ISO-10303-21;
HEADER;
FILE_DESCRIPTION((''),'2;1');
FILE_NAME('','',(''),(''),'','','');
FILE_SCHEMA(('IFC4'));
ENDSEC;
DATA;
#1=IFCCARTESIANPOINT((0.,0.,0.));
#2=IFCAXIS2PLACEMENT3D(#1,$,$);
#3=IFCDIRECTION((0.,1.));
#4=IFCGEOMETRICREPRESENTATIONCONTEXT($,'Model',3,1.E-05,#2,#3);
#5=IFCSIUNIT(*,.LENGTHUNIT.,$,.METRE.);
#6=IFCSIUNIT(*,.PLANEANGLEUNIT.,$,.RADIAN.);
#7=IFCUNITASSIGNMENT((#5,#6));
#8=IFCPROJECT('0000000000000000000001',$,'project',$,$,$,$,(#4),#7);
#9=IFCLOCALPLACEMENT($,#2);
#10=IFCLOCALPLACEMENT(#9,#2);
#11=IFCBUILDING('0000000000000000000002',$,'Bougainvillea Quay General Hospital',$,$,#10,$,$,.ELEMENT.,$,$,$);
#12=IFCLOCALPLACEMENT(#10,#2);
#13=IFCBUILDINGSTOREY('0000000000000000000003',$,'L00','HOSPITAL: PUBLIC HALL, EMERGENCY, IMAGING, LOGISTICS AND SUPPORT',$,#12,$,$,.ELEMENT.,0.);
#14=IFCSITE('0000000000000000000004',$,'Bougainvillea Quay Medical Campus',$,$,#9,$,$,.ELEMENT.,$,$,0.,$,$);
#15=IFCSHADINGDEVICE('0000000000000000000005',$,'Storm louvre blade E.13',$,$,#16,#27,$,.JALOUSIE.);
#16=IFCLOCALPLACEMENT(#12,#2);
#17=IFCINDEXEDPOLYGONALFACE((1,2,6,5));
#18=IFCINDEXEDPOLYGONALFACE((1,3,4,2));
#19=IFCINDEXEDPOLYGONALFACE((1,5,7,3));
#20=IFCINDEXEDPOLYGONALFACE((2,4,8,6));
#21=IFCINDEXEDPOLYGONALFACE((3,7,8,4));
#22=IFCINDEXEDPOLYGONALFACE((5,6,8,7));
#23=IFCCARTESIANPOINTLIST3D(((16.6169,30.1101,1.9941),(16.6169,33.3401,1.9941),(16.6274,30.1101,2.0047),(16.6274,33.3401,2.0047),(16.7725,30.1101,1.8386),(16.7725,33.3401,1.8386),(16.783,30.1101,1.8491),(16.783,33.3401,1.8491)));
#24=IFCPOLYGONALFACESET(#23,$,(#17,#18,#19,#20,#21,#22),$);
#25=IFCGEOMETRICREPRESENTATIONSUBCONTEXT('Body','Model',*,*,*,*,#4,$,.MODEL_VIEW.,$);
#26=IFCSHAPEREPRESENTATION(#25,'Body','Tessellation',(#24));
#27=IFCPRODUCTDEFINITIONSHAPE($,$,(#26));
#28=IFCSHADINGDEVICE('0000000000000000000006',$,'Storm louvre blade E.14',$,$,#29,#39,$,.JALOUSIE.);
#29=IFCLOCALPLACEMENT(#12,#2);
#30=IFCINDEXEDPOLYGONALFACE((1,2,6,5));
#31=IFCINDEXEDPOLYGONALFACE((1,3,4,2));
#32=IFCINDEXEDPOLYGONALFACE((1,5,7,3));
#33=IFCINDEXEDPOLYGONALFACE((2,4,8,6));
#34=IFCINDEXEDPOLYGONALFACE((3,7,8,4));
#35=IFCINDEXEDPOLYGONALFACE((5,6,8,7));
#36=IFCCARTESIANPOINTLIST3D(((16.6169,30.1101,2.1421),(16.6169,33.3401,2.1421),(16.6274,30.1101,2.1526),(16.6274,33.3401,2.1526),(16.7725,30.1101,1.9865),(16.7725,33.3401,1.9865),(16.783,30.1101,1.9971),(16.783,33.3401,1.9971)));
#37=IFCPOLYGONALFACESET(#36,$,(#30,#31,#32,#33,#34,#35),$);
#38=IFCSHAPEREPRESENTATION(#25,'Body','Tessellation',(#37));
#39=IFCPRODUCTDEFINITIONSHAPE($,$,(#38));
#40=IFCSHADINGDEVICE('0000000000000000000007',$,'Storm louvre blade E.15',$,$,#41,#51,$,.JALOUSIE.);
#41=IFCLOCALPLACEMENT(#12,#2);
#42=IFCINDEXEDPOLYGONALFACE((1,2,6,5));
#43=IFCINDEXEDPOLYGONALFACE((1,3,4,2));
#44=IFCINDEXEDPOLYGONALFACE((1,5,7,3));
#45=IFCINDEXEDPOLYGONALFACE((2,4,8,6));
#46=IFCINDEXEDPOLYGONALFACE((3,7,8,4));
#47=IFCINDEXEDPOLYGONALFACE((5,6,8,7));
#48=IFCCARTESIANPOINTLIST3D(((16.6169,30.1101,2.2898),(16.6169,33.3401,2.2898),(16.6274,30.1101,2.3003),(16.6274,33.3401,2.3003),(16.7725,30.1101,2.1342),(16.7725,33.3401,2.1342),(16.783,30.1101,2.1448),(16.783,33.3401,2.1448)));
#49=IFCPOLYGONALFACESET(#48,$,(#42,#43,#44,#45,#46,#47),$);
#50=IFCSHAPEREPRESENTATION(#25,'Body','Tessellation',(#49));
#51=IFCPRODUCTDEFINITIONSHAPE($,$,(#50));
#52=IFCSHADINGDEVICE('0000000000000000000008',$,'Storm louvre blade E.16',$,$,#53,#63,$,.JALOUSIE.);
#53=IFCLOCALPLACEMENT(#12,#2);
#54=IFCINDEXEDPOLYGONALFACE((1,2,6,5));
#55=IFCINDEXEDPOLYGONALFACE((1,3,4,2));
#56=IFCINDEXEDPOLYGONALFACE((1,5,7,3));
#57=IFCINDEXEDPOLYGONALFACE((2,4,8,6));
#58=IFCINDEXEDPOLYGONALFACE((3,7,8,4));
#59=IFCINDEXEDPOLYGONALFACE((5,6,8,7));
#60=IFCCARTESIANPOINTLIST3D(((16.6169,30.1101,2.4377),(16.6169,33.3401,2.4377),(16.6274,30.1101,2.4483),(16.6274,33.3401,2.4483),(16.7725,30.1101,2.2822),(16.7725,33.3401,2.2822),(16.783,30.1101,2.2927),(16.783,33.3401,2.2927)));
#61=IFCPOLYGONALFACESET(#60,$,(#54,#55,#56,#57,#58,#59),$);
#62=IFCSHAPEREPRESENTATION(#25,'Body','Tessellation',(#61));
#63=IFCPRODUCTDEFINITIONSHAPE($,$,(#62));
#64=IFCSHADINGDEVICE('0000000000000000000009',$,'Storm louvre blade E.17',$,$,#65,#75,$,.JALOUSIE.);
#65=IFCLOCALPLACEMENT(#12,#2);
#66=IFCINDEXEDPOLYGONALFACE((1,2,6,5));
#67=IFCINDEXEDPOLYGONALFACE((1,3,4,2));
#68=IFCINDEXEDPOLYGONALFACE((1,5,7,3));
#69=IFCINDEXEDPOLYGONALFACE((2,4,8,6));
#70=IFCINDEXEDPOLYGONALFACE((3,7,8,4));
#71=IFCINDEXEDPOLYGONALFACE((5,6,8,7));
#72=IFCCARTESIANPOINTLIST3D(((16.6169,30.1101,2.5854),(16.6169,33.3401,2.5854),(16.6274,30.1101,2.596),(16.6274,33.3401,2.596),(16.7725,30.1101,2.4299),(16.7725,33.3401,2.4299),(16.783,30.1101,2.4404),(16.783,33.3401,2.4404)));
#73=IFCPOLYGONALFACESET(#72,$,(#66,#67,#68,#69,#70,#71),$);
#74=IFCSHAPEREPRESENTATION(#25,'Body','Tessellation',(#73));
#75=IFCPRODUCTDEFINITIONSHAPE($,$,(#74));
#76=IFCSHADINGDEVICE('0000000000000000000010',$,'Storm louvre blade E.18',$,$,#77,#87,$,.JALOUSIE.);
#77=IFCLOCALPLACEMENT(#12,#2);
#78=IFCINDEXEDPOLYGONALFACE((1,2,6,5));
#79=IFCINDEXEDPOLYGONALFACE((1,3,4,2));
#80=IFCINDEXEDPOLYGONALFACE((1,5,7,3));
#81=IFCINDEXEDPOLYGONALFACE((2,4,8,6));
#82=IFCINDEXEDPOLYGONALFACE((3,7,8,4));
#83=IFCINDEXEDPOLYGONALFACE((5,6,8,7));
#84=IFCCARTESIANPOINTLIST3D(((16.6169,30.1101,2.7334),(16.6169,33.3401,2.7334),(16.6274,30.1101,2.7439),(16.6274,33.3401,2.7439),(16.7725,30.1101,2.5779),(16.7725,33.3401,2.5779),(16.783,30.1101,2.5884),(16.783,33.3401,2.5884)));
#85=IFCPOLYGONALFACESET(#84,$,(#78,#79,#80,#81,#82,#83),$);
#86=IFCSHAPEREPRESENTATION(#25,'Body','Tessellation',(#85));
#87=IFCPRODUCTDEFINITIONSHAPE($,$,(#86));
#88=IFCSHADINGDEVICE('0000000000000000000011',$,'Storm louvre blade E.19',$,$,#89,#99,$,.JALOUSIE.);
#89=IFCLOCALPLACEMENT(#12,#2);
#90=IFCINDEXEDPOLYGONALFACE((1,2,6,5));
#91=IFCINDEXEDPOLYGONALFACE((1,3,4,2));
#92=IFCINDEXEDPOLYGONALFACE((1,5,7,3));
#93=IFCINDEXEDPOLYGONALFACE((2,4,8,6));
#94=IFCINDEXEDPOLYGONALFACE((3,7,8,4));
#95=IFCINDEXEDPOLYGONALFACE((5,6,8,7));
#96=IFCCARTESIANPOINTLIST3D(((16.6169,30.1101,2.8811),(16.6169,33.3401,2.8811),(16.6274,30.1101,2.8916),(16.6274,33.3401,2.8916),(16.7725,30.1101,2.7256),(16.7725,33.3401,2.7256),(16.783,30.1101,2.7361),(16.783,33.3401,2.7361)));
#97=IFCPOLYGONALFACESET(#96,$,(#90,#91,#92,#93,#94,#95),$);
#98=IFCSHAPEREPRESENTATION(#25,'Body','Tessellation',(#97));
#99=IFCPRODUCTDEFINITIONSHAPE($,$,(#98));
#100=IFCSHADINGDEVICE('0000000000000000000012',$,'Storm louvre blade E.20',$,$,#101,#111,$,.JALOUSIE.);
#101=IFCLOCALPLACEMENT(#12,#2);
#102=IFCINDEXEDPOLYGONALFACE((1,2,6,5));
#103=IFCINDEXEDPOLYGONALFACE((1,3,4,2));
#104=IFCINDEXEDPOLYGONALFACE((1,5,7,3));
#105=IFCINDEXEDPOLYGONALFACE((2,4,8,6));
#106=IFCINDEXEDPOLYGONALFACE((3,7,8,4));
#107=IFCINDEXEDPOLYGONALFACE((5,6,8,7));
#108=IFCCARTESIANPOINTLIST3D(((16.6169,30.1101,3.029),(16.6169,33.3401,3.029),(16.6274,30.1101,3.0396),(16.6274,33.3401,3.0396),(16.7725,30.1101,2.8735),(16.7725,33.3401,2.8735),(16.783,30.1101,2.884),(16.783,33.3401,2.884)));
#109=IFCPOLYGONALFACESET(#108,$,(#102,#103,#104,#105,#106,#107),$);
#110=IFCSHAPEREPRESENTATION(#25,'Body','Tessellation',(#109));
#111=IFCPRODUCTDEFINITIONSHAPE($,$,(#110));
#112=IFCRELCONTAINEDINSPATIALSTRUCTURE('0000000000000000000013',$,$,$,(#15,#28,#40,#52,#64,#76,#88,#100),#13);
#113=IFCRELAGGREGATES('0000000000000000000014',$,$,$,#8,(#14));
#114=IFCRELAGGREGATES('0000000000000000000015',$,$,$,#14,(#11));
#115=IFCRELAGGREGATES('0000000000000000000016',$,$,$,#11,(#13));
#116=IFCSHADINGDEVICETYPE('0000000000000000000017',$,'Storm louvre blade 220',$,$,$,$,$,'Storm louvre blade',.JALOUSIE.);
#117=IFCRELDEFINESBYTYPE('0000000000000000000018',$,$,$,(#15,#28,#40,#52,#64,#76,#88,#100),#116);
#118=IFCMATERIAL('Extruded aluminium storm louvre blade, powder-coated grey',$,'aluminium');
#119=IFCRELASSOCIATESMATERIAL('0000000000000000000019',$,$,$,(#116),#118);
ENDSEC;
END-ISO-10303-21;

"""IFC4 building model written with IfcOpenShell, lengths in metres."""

from ifc_helpers import new_model, si_unit, direction, frame, origin, origin_2d, place, context, subcontext, project, spatial, rectangle, extrude, material, material_profile, profile_set, type_object, element, save


model = new_model("IFC4")

# Units and contexts
model_context = context("Model", 3, precision=1e-05, world=origin(), true_north=direction((0.0, 1.0)))
body_context = subcontext(model_context, "Body", "Model", "MODEL_VIEW")
ifc_project = project(units=[si_unit("LENGTHUNIT", "METRE"), si_unit("PLANEANGLEUNIT", "RADIAN")], contexts=[model_context])

# Site, building, storey
site_placement = place(None, origin())
site = spatial("IfcSite", under=ifc_project, at=site_placement, Name="Bougainvillea Quay Medical Campus", CompositionType="ELEMENT", RefElevation=0.0)
building_placement = place(site_placement, origin())
building = spatial("IfcBuilding", under=site, at=building_placement, Name="Bougainvillea Quay General Hospital", CompositionType="ELEMENT")
storey_placement = place(building_placement, origin())
storey = spatial("IfcBuildingStorey", under=building, at=storey_placement, Name="L00", Description="HOSPITAL: PUBLIC HALL, EMERGENCY, IMAGING, LOGISTICS AND SUPPORT", CompositionType="ELEMENT", Elevation=0.0)

# Shading devices
ifc_material_1 = material(Name="Extruded aluminium storm louvre blade, powder-coated grey", Category="aluminium")
ifc_material_profile_1 = material_profile(ifc_material_1, rectangle(XDim=0.22, YDim=0.0149, at=origin_2d()))
ifc_profile_set_1 = profile_set([ifc_material_profile_1], Name="Extruded aluminium storm louvre blade, powder-coated grey")
shading_device_type = type_object("IfcShadingDeviceType", Name="Storm louvre blade 220", ElementType="Storm louvre blade", PredefinedType="JALOUSIE", material=ifc_profile_set_1)
for number, where, z_axis, x_axis, name in (
    (1, (16.7, 30.1101, 1.9216), (0.0, 1.0, 0.0), (-0.707107, 0.0, 0.707107), "Storm louvre blade E.13"),
    (2, (16.7, 30.1101, 2.0696), (0.0, 1.0, 0.0), (-0.707107, 0.0, 0.707107), "Storm louvre blade E.14"),
    (3, (16.7, 30.1101, 2.2173), (0.0, 1.0, 0.0), (-0.707107, 0.0, 0.707107), "Storm louvre blade E.15"),
    (4, (16.7, 30.1101, 2.3652), (0.0, 1.0, 0.0), (-0.707107, 0.0, 0.707107), "Storm louvre blade E.16"),
    (5, (16.7, 30.1101, 2.5129), (0.0, 1.0, 0.0), (-0.707107, 0.0, 0.707107), "Storm louvre blade E.17"),
    (6, (16.7, 30.1101, 2.6609), (0.0, 1.0, 0.0), (-0.707107, 0.0, 0.707107), "Storm louvre blade E.18"),
    (7, (16.7, 30.1101, 2.8086), (0.0, 1.0, 0.0), (-0.707107, 0.0, 0.707107), "Storm louvre blade E.19"),
    (8, (16.7, 30.1101, 2.9565), (0.0, 1.0, 0.0), (-0.707107, 0.0, 0.707107), "Storm louvre blade E.20"),
):
    element("IfcShadingDevice", number, at=place(storey_placement, frame(where, z_axis=z_axis, x_axis=x_axis)), inside=storey, type_object=shading_device_type, Name=name, PredefinedType="JALOUSIE", context=body_context, shape_type="SweptSolid", body=[
        extrude(rectangle(XDim=0.22, YDim=0.0149, at=origin_2d()), origin(), (0.0, 0.0, 1.0), 3.23),
    ])

save(model, "model.ifc")
